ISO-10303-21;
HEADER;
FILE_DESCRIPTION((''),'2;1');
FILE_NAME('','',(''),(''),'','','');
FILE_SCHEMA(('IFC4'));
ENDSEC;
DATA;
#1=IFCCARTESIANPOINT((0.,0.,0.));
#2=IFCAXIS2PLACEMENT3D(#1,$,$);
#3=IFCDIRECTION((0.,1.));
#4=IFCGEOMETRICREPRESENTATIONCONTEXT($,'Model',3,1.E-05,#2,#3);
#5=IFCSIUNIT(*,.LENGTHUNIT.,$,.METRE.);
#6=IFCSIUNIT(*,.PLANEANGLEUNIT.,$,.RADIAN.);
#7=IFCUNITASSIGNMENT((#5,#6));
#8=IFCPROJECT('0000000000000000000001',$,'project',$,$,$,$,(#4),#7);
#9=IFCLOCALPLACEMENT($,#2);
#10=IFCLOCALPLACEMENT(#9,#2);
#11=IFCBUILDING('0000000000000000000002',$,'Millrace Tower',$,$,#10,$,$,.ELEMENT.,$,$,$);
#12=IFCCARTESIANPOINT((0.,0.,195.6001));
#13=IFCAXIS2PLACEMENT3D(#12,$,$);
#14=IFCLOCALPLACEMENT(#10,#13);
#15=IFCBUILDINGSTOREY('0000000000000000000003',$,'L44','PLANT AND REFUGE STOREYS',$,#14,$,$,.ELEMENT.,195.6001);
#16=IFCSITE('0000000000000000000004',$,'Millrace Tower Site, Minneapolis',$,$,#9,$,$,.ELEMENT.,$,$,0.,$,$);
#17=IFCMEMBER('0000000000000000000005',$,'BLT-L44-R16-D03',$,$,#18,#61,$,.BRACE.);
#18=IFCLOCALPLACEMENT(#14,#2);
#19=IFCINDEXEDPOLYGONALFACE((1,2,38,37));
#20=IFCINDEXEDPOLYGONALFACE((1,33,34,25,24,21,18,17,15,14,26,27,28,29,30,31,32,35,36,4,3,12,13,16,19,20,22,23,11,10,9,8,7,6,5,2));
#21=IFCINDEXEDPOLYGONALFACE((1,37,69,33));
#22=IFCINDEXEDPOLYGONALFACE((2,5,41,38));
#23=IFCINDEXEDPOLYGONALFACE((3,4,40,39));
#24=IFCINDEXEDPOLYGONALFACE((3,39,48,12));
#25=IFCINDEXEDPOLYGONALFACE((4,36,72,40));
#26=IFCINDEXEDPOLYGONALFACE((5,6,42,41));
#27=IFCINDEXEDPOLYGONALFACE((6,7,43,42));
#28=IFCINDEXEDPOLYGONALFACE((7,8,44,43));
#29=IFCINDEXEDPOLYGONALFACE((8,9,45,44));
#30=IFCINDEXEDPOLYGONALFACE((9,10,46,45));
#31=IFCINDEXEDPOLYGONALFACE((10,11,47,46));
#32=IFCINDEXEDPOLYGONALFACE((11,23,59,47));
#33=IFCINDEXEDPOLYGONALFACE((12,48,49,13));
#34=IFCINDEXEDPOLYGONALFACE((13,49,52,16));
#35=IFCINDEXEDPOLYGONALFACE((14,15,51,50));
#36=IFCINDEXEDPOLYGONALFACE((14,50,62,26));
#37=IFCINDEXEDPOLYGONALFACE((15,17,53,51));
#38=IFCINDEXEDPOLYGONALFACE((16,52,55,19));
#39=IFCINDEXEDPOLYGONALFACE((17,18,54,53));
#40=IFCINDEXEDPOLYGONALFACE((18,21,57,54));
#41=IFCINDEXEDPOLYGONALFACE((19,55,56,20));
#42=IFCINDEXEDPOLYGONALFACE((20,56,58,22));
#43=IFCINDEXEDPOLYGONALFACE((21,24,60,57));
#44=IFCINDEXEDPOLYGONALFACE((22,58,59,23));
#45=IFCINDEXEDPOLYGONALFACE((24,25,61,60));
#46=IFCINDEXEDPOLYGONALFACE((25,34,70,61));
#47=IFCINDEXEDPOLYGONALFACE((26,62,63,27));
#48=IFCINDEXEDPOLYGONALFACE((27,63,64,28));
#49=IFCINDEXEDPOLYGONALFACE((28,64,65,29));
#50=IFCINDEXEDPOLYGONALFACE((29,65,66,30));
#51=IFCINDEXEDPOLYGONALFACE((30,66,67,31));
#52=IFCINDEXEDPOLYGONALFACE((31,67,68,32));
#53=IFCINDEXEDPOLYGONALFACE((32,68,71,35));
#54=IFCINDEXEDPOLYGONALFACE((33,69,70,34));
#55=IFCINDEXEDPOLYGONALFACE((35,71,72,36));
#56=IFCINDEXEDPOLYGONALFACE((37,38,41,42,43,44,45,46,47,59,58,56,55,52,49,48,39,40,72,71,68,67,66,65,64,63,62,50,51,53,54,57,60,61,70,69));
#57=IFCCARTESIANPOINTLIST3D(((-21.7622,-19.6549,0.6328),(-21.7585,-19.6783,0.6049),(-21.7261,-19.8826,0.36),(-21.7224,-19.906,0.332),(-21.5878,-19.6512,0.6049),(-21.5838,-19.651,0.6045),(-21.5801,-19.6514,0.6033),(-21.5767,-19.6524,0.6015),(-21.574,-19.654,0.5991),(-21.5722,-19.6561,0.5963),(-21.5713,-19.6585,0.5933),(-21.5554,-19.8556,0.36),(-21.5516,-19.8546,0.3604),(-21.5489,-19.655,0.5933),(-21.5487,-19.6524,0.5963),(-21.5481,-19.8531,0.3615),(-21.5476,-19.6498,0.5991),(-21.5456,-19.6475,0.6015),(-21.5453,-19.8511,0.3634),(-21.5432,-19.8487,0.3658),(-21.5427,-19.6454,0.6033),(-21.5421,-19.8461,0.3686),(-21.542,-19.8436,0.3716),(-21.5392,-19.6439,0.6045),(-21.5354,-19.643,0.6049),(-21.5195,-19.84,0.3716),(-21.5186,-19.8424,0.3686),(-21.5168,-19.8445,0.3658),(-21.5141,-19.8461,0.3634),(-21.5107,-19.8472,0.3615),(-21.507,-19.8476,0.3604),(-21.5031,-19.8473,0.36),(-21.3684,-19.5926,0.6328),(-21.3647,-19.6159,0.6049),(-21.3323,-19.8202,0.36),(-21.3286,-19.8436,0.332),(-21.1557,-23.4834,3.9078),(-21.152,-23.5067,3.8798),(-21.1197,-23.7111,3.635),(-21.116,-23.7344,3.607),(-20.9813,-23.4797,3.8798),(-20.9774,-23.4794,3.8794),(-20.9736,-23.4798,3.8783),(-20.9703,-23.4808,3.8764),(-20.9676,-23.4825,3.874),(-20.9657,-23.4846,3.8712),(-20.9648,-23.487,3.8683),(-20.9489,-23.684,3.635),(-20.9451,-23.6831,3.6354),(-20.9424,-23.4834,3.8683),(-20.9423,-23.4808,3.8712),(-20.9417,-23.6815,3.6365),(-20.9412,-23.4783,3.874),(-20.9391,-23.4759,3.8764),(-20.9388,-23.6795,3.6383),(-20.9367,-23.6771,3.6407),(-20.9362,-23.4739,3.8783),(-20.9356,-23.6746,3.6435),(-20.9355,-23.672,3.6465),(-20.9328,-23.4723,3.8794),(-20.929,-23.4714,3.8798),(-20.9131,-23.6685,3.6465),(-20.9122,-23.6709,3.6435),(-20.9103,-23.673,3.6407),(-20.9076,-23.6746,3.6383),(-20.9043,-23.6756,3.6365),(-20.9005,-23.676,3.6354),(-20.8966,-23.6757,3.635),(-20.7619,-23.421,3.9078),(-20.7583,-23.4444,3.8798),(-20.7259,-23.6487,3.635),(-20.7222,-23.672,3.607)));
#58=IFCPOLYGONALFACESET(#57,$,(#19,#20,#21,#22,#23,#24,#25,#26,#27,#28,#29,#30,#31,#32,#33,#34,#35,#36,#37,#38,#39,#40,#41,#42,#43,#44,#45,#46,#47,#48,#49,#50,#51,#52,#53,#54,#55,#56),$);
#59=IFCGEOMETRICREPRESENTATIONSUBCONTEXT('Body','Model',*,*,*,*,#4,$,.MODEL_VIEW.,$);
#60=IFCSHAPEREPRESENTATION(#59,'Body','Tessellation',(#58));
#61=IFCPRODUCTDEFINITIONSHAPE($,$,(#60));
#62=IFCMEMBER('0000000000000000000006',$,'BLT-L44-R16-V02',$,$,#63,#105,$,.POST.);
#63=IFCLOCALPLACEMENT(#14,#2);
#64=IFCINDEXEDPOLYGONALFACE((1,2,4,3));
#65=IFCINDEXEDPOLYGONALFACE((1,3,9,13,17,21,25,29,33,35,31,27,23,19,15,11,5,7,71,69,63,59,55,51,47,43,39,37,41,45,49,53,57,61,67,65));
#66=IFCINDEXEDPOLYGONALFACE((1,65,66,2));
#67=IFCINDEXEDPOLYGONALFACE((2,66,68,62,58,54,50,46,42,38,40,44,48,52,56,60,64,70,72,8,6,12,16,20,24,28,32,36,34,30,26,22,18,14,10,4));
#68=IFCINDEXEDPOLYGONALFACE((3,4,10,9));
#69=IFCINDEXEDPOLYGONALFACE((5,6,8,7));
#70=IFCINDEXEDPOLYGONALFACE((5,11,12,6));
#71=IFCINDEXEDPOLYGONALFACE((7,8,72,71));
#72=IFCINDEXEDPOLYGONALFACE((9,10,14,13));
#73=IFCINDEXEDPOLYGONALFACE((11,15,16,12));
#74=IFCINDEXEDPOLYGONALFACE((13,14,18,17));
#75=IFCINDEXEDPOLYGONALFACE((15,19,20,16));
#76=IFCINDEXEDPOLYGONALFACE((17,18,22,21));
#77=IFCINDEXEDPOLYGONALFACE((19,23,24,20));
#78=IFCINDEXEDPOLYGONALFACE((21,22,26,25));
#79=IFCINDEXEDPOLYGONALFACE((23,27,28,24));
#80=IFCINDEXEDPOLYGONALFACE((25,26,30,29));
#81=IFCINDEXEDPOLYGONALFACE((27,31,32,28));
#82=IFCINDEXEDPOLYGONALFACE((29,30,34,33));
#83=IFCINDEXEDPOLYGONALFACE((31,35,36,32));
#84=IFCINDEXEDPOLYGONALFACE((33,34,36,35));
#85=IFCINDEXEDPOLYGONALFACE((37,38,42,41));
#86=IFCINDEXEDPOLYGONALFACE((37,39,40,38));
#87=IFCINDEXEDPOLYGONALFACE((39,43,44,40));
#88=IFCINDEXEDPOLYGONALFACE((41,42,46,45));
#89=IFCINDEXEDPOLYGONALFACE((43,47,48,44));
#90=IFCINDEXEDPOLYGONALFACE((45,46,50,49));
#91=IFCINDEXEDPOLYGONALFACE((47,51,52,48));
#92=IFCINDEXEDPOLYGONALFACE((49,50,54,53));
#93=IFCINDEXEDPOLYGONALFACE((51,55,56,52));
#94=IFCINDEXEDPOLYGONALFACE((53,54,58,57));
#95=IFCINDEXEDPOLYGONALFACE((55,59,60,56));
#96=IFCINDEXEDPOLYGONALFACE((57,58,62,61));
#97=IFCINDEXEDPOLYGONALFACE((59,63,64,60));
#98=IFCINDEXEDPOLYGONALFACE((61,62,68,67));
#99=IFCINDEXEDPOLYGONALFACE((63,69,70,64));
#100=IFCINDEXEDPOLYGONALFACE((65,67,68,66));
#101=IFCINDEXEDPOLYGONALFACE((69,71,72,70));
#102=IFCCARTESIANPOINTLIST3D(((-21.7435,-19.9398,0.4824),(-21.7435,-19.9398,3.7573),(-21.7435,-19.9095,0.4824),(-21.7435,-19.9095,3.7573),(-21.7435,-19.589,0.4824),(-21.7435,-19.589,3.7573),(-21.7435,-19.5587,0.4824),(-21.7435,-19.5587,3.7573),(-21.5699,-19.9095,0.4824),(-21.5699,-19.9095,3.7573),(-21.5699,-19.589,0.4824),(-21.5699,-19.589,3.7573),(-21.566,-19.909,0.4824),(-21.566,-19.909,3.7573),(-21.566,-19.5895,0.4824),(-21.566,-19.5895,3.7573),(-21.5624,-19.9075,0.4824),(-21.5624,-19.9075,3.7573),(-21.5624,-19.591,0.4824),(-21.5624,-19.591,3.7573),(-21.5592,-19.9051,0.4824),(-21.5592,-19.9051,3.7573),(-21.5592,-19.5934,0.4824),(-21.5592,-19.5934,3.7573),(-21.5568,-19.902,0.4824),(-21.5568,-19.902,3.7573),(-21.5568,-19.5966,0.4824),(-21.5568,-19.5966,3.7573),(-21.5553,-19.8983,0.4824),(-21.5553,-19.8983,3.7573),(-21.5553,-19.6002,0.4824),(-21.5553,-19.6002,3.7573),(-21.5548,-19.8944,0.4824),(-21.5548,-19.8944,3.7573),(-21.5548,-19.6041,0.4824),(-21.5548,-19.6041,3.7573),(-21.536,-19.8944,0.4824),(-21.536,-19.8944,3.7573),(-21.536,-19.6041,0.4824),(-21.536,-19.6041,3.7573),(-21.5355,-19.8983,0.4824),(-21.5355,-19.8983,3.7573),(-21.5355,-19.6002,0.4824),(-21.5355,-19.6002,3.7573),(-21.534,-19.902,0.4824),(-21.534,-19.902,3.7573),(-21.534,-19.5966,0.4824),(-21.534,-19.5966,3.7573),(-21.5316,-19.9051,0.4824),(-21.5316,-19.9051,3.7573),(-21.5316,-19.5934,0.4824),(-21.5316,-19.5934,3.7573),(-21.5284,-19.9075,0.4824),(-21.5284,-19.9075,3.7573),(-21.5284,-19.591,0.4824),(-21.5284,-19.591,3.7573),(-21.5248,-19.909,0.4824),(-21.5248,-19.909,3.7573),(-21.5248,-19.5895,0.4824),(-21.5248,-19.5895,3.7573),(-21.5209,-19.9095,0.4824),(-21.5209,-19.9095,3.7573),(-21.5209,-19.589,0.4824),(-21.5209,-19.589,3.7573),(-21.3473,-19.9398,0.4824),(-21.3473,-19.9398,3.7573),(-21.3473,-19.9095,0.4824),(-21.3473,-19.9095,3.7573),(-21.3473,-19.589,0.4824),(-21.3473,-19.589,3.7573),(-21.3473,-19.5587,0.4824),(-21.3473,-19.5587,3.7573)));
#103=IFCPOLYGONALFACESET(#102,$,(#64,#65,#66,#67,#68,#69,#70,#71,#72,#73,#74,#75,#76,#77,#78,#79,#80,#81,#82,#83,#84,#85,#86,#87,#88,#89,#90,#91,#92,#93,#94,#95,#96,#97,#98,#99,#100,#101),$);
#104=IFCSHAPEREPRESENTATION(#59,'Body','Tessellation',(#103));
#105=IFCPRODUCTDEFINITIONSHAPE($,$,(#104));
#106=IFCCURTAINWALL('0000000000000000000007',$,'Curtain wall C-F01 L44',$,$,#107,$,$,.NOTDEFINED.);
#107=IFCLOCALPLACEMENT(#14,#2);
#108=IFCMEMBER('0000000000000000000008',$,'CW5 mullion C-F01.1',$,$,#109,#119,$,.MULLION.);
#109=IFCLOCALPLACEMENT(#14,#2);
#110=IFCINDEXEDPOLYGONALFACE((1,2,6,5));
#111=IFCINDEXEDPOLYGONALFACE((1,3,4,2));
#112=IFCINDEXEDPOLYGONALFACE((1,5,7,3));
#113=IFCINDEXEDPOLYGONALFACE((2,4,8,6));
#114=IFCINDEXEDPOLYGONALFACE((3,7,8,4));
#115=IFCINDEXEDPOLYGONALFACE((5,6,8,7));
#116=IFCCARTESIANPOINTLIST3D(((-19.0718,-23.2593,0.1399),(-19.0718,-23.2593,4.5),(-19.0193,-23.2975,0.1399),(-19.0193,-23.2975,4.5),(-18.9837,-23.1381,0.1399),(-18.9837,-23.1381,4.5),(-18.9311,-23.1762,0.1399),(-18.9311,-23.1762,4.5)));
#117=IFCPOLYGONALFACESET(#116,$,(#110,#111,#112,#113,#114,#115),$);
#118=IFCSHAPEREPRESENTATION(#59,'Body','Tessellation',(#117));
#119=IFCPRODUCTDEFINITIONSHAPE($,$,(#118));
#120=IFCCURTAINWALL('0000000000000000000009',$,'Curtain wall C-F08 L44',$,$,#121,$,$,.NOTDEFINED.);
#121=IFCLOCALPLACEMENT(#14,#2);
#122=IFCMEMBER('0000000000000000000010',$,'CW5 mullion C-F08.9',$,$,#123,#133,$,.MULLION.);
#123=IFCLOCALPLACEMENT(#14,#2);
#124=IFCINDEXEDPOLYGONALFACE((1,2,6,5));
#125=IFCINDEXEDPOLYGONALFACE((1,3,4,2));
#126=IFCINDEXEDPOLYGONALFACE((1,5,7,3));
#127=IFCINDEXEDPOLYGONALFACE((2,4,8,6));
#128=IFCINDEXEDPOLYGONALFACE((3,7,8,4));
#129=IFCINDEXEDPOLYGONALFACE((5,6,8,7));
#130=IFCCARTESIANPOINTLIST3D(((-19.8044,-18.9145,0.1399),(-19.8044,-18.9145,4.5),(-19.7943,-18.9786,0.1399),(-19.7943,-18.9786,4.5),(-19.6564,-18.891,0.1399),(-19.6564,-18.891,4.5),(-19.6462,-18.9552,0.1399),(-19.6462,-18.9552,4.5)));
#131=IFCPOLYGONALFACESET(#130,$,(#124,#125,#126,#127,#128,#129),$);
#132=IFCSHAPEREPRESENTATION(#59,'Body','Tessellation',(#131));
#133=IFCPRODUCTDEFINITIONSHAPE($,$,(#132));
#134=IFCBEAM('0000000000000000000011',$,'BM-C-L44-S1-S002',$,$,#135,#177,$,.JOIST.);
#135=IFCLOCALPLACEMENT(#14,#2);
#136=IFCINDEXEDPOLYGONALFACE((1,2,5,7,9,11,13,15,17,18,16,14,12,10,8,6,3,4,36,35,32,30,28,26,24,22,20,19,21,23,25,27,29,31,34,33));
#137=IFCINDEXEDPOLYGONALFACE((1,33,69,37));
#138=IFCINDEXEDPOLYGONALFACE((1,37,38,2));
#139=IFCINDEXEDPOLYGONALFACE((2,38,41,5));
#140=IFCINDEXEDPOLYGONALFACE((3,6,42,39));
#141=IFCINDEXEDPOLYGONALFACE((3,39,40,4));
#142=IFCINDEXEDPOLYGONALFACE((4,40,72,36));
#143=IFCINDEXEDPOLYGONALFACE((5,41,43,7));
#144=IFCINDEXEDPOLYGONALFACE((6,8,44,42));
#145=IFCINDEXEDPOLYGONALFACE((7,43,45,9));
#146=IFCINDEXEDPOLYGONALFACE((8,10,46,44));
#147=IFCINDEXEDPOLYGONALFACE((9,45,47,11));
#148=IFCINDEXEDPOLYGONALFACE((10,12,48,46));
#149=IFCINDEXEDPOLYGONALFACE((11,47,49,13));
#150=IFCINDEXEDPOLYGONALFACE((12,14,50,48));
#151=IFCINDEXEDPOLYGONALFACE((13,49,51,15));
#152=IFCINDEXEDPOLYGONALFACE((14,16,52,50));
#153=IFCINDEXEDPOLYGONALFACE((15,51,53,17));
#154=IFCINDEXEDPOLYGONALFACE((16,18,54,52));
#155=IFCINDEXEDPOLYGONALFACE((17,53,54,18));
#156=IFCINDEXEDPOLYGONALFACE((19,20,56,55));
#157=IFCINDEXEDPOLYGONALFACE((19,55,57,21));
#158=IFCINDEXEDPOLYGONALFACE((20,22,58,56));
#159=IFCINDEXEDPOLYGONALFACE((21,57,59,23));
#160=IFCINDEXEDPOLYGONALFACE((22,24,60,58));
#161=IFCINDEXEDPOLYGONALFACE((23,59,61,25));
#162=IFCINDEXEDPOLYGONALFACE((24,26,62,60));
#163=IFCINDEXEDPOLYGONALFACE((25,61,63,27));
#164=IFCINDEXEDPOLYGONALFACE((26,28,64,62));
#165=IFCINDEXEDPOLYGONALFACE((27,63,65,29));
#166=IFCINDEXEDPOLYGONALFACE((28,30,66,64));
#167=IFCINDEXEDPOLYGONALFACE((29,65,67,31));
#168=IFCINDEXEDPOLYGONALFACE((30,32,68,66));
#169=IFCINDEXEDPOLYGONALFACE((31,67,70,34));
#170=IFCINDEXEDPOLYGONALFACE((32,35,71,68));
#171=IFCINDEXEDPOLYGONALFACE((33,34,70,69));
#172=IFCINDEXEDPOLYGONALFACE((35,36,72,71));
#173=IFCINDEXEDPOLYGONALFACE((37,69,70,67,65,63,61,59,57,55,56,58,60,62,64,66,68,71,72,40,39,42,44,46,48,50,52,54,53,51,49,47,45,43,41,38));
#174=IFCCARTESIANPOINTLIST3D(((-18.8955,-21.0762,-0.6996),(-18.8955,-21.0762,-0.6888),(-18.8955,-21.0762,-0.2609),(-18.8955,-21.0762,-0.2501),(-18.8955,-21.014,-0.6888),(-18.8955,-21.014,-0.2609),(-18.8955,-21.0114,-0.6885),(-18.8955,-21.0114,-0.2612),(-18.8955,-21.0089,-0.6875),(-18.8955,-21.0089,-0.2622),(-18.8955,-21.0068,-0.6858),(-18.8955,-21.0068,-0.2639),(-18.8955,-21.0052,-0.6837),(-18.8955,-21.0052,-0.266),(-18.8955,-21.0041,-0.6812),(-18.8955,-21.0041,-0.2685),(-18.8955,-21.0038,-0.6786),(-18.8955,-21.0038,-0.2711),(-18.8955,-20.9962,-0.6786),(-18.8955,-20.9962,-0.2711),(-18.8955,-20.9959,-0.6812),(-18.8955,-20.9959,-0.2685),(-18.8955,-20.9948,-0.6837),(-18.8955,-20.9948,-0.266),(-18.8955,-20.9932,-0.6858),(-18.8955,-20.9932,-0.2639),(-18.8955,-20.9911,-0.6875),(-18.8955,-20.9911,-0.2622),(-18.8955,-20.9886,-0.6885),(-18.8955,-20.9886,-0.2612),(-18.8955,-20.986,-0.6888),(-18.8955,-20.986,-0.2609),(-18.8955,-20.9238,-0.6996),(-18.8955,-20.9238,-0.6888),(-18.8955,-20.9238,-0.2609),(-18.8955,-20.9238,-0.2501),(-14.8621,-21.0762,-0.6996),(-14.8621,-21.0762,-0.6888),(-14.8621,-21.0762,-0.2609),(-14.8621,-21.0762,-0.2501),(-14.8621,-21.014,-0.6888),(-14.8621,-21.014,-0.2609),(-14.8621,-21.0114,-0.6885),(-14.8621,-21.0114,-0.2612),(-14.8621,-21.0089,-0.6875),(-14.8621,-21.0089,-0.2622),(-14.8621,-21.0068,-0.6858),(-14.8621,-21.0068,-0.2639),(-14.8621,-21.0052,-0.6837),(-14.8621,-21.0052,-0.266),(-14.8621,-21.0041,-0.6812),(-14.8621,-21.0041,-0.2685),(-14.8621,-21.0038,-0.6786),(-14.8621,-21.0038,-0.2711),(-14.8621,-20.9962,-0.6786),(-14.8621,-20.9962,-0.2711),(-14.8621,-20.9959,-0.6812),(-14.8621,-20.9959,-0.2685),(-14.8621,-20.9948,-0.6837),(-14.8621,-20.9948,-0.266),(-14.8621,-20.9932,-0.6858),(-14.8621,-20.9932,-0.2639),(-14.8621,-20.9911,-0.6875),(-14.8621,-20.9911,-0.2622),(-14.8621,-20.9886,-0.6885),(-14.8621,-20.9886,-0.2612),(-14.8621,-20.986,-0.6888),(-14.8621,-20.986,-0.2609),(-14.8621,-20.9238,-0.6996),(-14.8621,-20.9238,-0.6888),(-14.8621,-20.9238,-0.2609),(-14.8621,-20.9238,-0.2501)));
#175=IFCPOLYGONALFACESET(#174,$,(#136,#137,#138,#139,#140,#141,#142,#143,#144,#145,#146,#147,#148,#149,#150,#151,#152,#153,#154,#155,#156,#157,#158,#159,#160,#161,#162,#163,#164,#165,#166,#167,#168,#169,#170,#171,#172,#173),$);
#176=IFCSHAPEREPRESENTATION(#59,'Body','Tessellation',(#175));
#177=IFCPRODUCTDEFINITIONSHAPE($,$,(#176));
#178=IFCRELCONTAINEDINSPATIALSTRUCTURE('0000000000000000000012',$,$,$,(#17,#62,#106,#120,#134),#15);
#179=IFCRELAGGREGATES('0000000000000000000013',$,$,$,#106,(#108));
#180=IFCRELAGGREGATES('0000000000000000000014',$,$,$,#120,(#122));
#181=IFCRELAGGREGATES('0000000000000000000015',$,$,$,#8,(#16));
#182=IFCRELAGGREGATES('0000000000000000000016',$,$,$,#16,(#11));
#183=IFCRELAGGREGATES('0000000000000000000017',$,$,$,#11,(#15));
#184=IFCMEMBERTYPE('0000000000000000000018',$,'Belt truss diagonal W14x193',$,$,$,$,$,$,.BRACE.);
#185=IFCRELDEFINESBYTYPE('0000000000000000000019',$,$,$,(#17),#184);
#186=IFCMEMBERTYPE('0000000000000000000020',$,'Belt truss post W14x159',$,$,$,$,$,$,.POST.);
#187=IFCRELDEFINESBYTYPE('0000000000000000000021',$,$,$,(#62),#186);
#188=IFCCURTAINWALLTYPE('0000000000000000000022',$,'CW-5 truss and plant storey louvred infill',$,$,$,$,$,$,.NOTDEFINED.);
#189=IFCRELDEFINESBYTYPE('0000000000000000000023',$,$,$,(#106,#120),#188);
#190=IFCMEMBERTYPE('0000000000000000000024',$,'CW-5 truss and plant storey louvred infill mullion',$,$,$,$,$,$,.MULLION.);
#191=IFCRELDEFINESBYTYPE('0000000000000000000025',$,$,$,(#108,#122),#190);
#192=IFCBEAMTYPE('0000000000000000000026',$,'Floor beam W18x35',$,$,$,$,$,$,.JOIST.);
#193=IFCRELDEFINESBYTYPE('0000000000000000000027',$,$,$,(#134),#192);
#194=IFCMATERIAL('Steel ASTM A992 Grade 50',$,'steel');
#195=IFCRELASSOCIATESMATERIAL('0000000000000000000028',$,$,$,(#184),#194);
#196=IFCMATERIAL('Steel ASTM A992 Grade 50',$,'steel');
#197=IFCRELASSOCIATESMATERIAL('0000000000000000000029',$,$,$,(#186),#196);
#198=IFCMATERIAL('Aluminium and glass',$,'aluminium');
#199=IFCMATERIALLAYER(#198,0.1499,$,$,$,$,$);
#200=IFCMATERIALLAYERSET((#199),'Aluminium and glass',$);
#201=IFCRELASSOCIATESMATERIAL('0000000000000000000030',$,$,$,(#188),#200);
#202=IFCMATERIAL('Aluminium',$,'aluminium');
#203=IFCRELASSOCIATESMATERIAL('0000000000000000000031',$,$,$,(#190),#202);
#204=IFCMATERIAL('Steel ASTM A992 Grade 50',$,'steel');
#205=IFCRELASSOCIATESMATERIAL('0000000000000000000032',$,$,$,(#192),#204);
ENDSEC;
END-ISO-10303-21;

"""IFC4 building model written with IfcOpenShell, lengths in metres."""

from ifc_helpers import new_model, si_unit, direction, frame, origin, origin_2d, place, context, subcontext, project, spatial, rectangle, i_section, extrude, material, layer, layer_set, material_profile, profile_set, type_object, element, aggregate, save


model = new_model("IFC4")

# Units and contexts
model_context = context("Model", 3, precision=1e-05, world=origin(), true_north=direction((0.0, 1.0)))
body_context = subcontext(model_context, "Body", "Model", "MODEL_VIEW")
ifc_project = project(units=[si_unit("LENGTHUNIT", "METRE"), si_unit("PLANEANGLEUNIT", "RADIAN")], contexts=[model_context])

# Site, building, storey
site_placement = place(None, origin())
site = spatial("IfcSite", under=ifc_project, at=site_placement, Name="Millrace Tower Site, Minneapolis", CompositionType="ELEMENT", RefElevation=0.0)
building_placement = place(site_placement, origin())
building = spatial("IfcBuilding", under=site, at=building_placement, Name="Millrace Tower", CompositionType="ELEMENT")
storey_placement = place(building_placement, frame((0.0, 0.0, 195.6001)))
storey = spatial("IfcBuildingStorey", under=building, at=storey_placement, Name="L44", Description="PLANT AND REFUGE STOREYS", CompositionType="ELEMENT", Elevation=195.6001)

# Members
ifc_material_1 = material(Name="Steel ASTM A992 Grade 50", Category="steel")
ifc_material_profile_1 = material_profile(ifc_material_1, i_section(OverallWidth=0.3987, OverallDepth=0.3938, WebThickness=0.0227, FlangeThickness=0.0366, FilletRadius=0.0151, at=origin_2d()))
ifc_profile_set_1 = profile_set([ifc_material_profile_1], Name="Steel ASTM A992 Grade 50")
member_type_1 = type_object("IfcMemberType", Name="Belt truss diagonal W14x193", PredefinedType="BRACE", material=ifc_profile_set_1)
member_1_placement = place(storey_placement, frame((-21.5454, -19.7493, 0.4824), z_axis=(0.119512, -0.754453, 0.645382), x_axis=(0.987685, 0.156457, 0.0)))
element("IfcMember", 1, at=member_1_placement, inside=storey, type_object=member_type_1, Name="BLT-L44-R16-D03", PredefinedType="BRACE", context=body_context, shape_type="SweptSolid", body=[
    extrude(i_section(OverallWidth=0.3987, OverallDepth=0.3938, WebThickness=0.0227, FlangeThickness=0.0366, FilletRadius=0.0151, at=origin_2d()), origin(), (0.0, 0.0, 1.0), 5.0745),
])
ifc_material_2 = material(Name="Steel ASTM A992 Grade 50", Category="steel")
ifc_material_profile_2 = material_profile(ifc_material_2, i_section(OverallWidth=0.3962, OverallDepth=0.3811, WebThickness=0.0188, FlangeThickness=0.0303, FilletRadius=0.0151, at=origin_2d()))
ifc_profile_set_2 = profile_set([ifc_material_profile_2], Name="Steel ASTM A992 Grade 50")
member_type_2 = type_object("IfcMemberType", Name="Belt truss post W14x159", PredefinedType="POST", material=ifc_profile_set_2)
member_2_placement = place(storey_placement, frame((-21.5454, -19.7493, 0.4824), z_axis=(0.0, 0.0, 1.0), x_axis=(1.0, 0.0, 0.0)))
element("IfcMember", 2, at=member_2_placement, inside=storey, type_object=member_type_2, Name="BLT-L44-R16-V02", PredefinedType="POST", context=body_context, shape_type="SweptSolid", body=[
    extrude(i_section(OverallWidth=0.3962, OverallDepth=0.3811, WebThickness=0.0188, FlangeThickness=0.0303, FilletRadius=0.0151, at=origin_2d()), origin(), (0.0, 0.0, 1.0), 3.2749),
])

# Curtain walls, members
ifc_material_3 = material(Name="Aluminium and glass", Category="aluminium")
ifc_layer_1 = layer(ifc_material_3, 0.1499)
ifc_layer_set_1 = layer_set([ifc_layer_1], Name="Aluminium and glass")
curtain_wall_type = type_object("IfcCurtainWallType", Name="CW-5 truss and plant storey louvred infill", PredefinedType="NOTDEFINED", material=ifc_layer_set_1)
placement = place(storey_placement, origin())
curtain_wall_1 = element("IfcCurtainWall", 3, at=placement, inside=storey, type_object=curtain_wall_type, Name="Curtain wall C-F01 L44", PredefinedType="NOTDEFINED")
ifc_material_4 = material(Name="Aluminium", Category="aluminium")
ifc_material_profile_3 = material_profile(ifc_material_4, rectangle(XDim=0.0649, YDim=0.1499, at=origin_2d()))
ifc_profile_set_3 = profile_set([ifc_material_profile_3], Name="Aluminium")
member_type_3 = type_object("IfcMemberType", Name="CW-5 truss and plant storey louvred infill mullion", PredefinedType="MULLION", material=ifc_profile_set_3)
member_3_placement = place(storey_placement, frame((-19.0015, -23.2178, 0.1399), z_axis=(0.0, 0.0, 1.0), x_axis=(0.809017, -0.587785, 0.0)))
member_3 = element("IfcMember", 4, at=member_3_placement, type_object=member_type_3, Name="CW5 mullion C-F01.1", PredefinedType="MULLION", context=body_context, shape_type="SweptSolid", body=[
    extrude(rectangle(XDim=0.0649, YDim=0.1499, at=origin_2d()), origin(), (0.0, 0.0, 1.0), 4.3601),
])
aggregate(curtain_wall_1, [member_3])
curtain_wall_2 = element("IfcCurtainWall", 5, at=placement, inside=storey, type_object=curtain_wall_type, Name="Curtain wall C-F08 L44", PredefinedType="NOTDEFINED")
member_4_placement = place(storey_placement, frame((-19.7253, -18.9348, 0.1399), z_axis=(0.0, 0.0, 1.0), x_axis=(0.156434, -0.987688, 0.0)))
member_4 = element("IfcMember", 6, at=member_4_placement, type_object=member_type_3, Name="CW5 mullion C-F08.9", PredefinedType="MULLION", context=body_context, shape_type="SweptSolid", body=[
    extrude(rectangle(XDim=0.0649, YDim=0.1499, at=origin_2d()), origin(), (0.0, 0.0, 1.0), 4.3601),
])
aggregate(curtain_wall_2, [member_4])

# Beam
ifc_material_5 = material(Name="Steel ASTM A992 Grade 50", Category="steel")
ifc_material_profile_4 = material_profile(ifc_material_5, i_section(OverallWidth=0.1523, OverallDepth=0.4495, WebThickness=0.0076, FlangeThickness=0.0107, FilletRadius=0.0103, at=origin_2d()))
ifc_profile_set_4 = profile_set([ifc_material_profile_4], Name="Steel ASTM A992 Grade 50")
beam_type_1 = type_object("IfcBeamType", Name="Floor beam W18x35", PredefinedType="JOIST", material=ifc_profile_set_4)
beam_1_placement = place(storey_placement, frame((-18.8955, -21.0, -0.4749), z_axis=(1.0, 0.0, 0.0), x_axis=(0.0, 1.0, 0.0)))
element("IfcBeam", 7, at=beam_1_placement, inside=storey, type_object=beam_type_1, Name="BM-C-L44-S1-S002", PredefinedType="JOIST", context=body_context, shape_type="SweptSolid", body=[
    extrude(i_section(OverallWidth=0.1523, OverallDepth=0.4495, WebThickness=0.0076, FlangeThickness=0.0107, FilletRadius=0.0103, at=origin_2d()), origin(), (0.0, 0.0, 1.0), 4.0334),
])

save(model, "model.ifc")
